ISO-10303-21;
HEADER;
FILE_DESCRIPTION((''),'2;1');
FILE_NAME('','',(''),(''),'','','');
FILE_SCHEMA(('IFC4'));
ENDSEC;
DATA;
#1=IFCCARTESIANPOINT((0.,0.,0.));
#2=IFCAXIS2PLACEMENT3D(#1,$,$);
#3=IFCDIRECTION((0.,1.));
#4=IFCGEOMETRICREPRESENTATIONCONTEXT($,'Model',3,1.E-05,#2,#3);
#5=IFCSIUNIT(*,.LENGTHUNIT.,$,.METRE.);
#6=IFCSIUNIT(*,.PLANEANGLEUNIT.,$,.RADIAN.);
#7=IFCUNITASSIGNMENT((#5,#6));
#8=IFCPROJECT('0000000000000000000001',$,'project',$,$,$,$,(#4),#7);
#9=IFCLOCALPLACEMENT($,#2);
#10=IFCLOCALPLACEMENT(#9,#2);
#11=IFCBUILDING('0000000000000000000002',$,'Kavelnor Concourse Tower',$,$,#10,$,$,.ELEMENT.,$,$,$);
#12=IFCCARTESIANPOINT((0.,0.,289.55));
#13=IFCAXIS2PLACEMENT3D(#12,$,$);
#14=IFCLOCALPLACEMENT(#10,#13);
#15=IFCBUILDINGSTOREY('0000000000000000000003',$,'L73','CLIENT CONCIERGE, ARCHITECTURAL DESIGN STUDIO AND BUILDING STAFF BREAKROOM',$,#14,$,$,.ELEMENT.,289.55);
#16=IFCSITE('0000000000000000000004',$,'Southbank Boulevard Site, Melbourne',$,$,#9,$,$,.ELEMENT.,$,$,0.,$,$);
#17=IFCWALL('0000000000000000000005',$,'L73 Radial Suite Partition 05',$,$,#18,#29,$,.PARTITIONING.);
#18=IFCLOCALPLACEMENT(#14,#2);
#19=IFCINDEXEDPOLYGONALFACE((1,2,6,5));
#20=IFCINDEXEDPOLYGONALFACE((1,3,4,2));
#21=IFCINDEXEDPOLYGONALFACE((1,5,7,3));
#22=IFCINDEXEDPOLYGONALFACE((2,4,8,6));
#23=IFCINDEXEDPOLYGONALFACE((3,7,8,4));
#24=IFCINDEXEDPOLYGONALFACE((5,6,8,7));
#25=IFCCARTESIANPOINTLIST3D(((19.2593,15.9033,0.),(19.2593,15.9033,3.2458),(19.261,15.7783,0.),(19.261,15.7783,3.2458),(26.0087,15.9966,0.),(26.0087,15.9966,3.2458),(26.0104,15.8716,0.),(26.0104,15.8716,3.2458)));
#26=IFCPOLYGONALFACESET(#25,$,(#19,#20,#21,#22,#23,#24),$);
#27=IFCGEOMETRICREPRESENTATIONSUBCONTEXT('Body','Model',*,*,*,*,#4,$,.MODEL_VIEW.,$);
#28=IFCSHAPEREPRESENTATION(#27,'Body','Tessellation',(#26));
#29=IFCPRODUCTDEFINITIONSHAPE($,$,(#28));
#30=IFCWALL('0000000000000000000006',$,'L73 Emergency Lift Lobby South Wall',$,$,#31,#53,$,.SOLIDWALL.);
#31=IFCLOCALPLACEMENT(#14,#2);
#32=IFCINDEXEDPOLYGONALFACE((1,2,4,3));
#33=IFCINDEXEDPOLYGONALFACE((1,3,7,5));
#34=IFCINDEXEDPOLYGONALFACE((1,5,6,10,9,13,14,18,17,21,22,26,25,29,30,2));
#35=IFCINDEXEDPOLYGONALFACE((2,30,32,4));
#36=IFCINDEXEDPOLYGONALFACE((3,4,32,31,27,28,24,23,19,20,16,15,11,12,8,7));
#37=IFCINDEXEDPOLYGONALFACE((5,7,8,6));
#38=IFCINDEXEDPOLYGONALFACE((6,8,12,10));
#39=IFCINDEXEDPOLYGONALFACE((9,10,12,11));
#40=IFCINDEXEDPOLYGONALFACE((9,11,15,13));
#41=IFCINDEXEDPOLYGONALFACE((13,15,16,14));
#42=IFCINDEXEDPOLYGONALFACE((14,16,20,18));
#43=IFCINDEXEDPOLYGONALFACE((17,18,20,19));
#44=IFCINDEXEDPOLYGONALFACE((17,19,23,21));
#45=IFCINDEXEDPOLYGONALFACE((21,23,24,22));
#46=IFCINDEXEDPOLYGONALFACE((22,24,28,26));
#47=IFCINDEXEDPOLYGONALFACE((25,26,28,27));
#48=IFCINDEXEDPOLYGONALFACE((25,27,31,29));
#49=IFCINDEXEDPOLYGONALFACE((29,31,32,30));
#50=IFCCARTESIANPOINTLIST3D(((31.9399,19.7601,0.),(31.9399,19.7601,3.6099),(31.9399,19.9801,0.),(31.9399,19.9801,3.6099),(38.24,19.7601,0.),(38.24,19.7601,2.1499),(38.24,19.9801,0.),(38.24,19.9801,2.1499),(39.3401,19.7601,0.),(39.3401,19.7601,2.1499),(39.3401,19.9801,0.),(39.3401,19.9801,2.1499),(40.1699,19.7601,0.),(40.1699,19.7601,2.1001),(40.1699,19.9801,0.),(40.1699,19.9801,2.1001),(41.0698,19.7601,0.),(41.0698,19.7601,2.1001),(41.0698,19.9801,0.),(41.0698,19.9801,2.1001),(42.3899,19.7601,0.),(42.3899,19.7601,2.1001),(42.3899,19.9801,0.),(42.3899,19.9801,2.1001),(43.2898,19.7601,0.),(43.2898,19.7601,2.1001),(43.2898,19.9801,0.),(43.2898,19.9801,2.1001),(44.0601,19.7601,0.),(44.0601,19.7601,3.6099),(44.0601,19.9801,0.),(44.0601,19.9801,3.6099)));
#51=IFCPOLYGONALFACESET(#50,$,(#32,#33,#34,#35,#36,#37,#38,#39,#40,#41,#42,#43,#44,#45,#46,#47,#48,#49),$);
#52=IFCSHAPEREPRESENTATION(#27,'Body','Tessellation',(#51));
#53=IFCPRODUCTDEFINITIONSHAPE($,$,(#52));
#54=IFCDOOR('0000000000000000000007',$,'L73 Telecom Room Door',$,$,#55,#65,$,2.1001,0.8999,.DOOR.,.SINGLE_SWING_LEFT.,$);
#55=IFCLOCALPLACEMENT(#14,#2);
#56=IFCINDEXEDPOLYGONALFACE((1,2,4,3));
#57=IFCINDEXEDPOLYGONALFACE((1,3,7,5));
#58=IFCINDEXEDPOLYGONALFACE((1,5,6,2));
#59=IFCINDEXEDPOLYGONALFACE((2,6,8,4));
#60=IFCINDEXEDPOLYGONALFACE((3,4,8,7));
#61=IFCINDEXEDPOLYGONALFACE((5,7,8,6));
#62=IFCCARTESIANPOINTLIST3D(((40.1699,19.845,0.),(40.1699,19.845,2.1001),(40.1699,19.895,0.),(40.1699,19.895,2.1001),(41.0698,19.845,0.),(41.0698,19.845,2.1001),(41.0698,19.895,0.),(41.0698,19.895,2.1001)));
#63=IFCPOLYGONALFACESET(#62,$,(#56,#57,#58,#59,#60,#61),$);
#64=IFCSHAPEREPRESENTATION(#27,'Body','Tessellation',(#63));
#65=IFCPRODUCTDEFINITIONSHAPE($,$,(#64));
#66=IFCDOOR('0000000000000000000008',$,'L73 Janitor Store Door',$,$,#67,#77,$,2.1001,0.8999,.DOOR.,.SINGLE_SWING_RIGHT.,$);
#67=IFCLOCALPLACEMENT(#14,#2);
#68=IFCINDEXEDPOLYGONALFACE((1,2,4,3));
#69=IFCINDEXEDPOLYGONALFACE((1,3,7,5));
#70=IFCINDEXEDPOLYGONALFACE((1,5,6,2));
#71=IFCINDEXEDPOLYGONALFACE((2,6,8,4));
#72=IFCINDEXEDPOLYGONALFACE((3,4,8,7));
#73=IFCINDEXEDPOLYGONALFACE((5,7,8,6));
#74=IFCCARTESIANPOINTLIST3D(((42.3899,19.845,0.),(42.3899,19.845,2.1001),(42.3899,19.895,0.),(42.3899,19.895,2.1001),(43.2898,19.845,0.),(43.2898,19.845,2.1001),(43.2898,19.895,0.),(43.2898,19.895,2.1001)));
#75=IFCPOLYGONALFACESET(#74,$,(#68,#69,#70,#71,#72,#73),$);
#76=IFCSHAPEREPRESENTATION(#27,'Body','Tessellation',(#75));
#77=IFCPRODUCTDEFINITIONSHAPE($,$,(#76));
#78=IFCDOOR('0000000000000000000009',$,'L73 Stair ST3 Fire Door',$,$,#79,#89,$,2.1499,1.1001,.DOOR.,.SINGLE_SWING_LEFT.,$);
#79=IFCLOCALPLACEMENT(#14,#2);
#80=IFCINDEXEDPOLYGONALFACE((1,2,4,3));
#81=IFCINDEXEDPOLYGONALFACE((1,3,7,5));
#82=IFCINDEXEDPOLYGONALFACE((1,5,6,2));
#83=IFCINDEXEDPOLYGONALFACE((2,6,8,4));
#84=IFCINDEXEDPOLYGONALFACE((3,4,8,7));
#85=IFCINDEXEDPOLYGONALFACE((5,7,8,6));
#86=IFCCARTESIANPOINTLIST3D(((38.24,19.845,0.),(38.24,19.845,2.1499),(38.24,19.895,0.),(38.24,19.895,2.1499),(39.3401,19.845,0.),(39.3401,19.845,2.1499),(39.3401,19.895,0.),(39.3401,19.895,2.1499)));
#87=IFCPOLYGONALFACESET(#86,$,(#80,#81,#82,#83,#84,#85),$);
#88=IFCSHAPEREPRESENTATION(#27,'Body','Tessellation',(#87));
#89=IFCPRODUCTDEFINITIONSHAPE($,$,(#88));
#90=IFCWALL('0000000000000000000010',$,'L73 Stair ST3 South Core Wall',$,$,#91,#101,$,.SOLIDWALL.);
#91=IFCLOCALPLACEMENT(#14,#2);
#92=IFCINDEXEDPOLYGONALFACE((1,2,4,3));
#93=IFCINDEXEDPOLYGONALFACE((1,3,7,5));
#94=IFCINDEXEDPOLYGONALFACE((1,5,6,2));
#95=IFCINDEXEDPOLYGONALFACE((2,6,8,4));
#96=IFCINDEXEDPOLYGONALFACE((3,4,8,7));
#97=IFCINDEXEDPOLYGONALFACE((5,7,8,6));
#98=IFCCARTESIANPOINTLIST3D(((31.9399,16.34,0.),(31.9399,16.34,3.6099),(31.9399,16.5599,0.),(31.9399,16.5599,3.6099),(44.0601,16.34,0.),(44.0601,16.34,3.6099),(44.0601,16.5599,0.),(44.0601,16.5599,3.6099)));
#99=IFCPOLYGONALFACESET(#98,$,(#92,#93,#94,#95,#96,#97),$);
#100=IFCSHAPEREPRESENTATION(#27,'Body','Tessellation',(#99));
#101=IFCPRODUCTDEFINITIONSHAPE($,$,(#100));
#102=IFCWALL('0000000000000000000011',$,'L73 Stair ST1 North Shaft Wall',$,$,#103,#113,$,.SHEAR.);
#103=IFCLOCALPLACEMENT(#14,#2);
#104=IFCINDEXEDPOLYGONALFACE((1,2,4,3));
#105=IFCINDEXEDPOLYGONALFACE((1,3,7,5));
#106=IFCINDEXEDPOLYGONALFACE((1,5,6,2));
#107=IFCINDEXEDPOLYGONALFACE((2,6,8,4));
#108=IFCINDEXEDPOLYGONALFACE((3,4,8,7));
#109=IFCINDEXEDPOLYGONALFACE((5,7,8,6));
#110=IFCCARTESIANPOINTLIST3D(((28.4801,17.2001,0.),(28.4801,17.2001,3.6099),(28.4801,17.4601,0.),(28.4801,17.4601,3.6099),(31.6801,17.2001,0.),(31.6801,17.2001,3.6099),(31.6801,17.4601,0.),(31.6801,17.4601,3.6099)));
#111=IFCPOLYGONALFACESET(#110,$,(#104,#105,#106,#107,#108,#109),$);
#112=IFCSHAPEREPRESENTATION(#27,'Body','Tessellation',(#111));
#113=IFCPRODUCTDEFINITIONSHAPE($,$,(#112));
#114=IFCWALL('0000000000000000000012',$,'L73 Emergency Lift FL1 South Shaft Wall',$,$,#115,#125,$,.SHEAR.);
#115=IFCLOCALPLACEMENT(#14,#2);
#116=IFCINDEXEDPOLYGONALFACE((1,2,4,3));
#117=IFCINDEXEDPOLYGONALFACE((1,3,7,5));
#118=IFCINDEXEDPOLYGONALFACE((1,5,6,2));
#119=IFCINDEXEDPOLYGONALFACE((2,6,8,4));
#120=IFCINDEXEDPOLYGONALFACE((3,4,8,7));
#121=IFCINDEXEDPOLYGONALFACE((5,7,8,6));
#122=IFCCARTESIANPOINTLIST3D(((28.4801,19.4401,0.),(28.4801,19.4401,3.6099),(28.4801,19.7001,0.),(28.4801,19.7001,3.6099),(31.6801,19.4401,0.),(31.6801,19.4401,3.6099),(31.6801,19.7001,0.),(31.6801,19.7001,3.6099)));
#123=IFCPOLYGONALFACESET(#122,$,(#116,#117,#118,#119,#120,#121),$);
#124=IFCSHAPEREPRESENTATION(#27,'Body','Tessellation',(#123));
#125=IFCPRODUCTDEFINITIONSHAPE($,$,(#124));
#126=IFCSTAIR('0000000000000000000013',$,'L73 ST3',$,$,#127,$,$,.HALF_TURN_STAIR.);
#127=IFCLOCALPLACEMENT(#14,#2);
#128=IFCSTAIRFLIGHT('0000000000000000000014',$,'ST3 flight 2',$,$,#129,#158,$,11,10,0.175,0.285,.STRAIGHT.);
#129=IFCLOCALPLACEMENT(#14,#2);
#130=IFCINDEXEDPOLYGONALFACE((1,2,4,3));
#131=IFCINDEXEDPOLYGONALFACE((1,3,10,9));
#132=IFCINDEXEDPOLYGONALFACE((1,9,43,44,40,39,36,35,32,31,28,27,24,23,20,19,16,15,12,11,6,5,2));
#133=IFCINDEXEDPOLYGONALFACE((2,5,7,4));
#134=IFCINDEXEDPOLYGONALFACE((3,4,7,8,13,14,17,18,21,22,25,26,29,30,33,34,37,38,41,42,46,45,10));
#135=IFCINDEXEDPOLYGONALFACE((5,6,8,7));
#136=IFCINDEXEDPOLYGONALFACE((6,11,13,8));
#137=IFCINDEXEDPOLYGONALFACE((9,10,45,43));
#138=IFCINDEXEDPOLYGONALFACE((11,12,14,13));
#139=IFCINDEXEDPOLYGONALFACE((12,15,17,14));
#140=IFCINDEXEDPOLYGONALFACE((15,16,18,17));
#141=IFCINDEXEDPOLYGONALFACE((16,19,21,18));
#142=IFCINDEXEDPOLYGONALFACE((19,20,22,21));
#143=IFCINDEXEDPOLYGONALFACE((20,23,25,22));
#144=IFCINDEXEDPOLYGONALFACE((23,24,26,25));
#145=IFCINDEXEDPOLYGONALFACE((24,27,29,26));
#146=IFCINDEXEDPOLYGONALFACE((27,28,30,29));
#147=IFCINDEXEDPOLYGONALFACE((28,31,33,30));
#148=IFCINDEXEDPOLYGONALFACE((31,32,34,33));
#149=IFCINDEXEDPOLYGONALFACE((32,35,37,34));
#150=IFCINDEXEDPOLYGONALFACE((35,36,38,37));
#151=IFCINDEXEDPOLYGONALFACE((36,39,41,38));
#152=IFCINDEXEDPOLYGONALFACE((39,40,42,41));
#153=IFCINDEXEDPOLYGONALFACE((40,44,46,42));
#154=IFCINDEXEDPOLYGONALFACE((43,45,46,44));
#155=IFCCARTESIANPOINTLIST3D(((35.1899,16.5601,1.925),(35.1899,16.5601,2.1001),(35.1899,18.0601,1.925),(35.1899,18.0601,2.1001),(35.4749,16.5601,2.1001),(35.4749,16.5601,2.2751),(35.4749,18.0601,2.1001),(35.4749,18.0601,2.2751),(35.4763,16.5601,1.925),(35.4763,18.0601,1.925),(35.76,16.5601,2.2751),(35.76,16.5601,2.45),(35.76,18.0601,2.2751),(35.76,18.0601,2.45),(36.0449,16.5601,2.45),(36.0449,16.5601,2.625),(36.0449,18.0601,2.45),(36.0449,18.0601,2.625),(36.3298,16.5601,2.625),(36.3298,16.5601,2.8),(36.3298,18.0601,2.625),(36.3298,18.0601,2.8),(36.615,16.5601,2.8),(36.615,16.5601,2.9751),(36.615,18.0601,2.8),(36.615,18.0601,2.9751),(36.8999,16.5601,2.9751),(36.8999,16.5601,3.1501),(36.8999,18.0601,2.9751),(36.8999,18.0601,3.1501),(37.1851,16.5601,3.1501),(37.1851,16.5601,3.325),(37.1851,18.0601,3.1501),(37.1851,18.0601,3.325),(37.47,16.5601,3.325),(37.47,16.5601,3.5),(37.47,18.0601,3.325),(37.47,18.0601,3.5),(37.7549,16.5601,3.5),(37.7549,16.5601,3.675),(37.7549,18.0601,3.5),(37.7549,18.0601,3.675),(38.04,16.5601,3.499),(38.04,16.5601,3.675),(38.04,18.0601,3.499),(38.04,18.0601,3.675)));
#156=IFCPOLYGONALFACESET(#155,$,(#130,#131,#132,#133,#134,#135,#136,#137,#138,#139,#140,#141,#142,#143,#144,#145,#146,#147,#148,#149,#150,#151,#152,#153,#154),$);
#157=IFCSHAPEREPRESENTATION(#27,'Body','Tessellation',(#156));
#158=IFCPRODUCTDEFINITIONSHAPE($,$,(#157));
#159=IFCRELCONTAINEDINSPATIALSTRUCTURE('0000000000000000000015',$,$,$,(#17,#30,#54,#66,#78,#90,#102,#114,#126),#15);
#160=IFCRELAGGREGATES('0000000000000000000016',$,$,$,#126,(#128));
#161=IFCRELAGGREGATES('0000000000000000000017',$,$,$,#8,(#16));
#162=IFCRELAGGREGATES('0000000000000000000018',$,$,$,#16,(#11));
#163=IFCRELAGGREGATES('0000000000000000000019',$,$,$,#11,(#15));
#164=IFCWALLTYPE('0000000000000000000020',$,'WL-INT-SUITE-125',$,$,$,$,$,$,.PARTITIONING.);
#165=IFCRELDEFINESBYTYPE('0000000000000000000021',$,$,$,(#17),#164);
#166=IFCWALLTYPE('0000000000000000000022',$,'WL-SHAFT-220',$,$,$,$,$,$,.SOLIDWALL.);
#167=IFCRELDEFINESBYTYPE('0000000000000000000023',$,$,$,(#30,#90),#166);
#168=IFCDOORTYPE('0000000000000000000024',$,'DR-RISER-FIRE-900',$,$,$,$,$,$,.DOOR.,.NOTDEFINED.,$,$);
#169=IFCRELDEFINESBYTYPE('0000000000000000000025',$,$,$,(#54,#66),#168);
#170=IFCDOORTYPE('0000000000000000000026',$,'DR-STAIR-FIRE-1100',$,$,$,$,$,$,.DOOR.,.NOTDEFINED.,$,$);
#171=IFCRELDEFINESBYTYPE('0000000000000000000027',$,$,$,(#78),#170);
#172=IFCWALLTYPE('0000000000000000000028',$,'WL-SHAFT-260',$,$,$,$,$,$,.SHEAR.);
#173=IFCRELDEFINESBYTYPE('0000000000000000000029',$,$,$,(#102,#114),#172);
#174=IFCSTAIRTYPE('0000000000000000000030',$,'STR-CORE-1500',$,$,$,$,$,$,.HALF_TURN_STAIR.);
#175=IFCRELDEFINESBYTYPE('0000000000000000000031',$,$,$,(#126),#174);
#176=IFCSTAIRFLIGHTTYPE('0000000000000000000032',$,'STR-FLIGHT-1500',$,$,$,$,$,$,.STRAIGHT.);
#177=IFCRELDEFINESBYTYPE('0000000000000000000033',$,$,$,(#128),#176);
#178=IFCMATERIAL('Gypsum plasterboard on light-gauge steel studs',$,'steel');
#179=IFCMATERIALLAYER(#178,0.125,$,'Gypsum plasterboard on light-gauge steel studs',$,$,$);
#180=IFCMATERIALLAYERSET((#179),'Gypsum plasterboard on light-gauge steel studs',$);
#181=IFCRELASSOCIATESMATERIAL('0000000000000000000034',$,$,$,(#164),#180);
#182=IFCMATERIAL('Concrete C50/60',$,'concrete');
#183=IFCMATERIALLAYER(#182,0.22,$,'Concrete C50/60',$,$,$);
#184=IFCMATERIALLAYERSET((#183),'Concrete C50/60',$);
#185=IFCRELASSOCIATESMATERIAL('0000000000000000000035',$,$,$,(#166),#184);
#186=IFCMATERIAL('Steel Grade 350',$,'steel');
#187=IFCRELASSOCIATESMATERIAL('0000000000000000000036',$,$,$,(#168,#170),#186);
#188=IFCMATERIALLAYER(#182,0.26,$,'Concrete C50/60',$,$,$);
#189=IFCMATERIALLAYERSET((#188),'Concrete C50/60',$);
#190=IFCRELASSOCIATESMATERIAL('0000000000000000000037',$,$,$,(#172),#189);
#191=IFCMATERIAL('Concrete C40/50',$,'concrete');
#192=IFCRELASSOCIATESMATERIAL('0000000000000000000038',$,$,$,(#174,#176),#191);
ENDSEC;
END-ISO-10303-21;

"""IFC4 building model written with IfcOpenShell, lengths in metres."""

from ifc_helpers import new_model, si_unit, direction, frame, frame_2d, origin, place, context, subcontext, project, spatial, polyline, rectangle, outline, extrude, material, layer, layer_set, type_object, element, fill, aggregate, save


model = new_model("IFC4")

# Units and contexts
model_context = context("Model", 3, precision=1e-05, world=origin(), true_north=direction((0.0, 1.0)))
body_context = subcontext(model_context, "Body", "Model", "MODEL_VIEW")
ifc_project = project(units=[si_unit("LENGTHUNIT", "METRE"), si_unit("PLANEANGLEUNIT", "RADIAN")], contexts=[model_context])

# Site, building, storey
site_placement = place(None, origin())
site = spatial("IfcSite", under=ifc_project, at=site_placement, Name="Southbank Boulevard Site, Melbourne", CompositionType="ELEMENT", RefElevation=0.0)
building_placement = place(site_placement, origin())
building = spatial("IfcBuilding", under=site, at=building_placement, Name="Kavelnor Concourse Tower", CompositionType="ELEMENT")
storey_placement = place(building_placement, frame((0.0, 0.0, 289.55)))
storey = spatial("IfcBuildingStorey", under=building, at=storey_placement, Name="L73", Description="CLIENT CONCIERGE, ARCHITECTURAL DESIGN STUDIO AND BUILDING STAFF BREAKROOM", CompositionType="ELEMENT", Elevation=289.55)

# Shared definitions
ifc_material_1 = material(Name="Steel Grade 350", Category="steel")

# Shared definitions
ifc_material_2 = material(Name="Concrete C50/60", Category="concrete")

# Wall
ifc_material_3 = material(Name="Gypsum plasterboard on light-gauge steel studs", Category="steel")
ifc_layer_1 = layer(ifc_material_3, 0.125, Name="Gypsum plasterboard on light-gauge steel studs")
ifc_layer_set_1 = layer_set([ifc_layer_1], Name="Gypsum plasterboard on light-gauge steel studs")
wall_type_1 = type_object("IfcWallType", Name="WL-INT-SUITE-125", PredefinedType="PARTITIONING", material=ifc_layer_set_1)
wall_1_placement = place(storey_placement, frame((26.0095, 15.9341, 0.0), z_axis=(0.0, 0.0, 1.0), x_axis=(-0.999905, -0.013817, 0.0)))
element("IfcWall", 1, at=wall_1_placement, inside=storey, type_object=wall_type_1, Name="L73 Radial Suite Partition 05", PredefinedType="PARTITIONING", context=body_context, shape_type="SweptSolid", body=[
    extrude(rectangle(XDim=6.75, YDim=0.125, at=frame_2d((3.375, 0.0))), origin(), (0.0, 0.0, 1.0), 3.2458),
])

# Wall, openings, doors
ifc_layer_2 = layer(ifc_material_2, 0.22, Name="Concrete C50/60")
ifc_layer_set_2 = layer_set([ifc_layer_2], Name="Concrete C50/60")
wall_type_2 = type_object("IfcWallType", Name="WL-SHAFT-220", PredefinedType="SOLIDWALL", material=ifc_layer_set_2)
wall_2_placement = place(storey_placement, frame((31.9399, 19.8701, 0.0), z_axis=(0.0, 0.0, 1.0), x_axis=(1.0, 0.0, 0.0)))
wall_2 = element("IfcWall", 2, at=wall_2_placement, inside=storey, type_object=wall_type_2, Name="L73 Emergency Lift Lobby South Wall", PredefinedType="SOLIDWALL", context=body_context, shape_type="SweptSolid", body=[
    extrude(rectangle(XDim=12.1201, YDim=0.22, at=frame_2d((6.0601, 0.0))), origin(), (0.0, 0.0, 1.0), 3.6099),
])
opening_1_placement = place(wall_2_placement, frame((6.3, 0.0, 0.0)))
opening_1 = element("IfcOpeningElement", 3, at=opening_1_placement, cuts=wall_2, PredefinedType="OPENING", context=body_context, shape_type="SweptSolid", body=[
    extrude(rectangle(XDim=1.1001, YDim=2.1499, at=frame_2d((0.55, 1.075))), frame((0.0, 0.1201, 0.0), z_axis=(0.0, -1.0, 0.0), x_axis=(1.0, 0.0, 0.0)), (0.0, 0.0, 1.0), 0.24),
])
opening_2_placement = place(wall_2_placement, frame((8.23, 0.0, 0.0)))
opening_2 = element("IfcOpeningElement", 4, at=opening_2_placement, cuts=wall_2, PredefinedType="OPENING", context=body_context, shape_type="SweptSolid", body=[
    extrude(rectangle(XDim=0.8999, YDim=2.1001, at=frame_2d((0.45, 1.05))), frame((0.0, 0.1201, 0.0), z_axis=(0.0, -1.0, 0.0), x_axis=(1.0, 0.0, 0.0)), (0.0, 0.0, 1.0), 0.24),
])
opening_3_placement = place(wall_2_placement, frame((10.45, 0.0, 0.0)))
opening_3 = element("IfcOpeningElement", 5, at=opening_3_placement, cuts=wall_2, PredefinedType="OPENING", context=body_context, shape_type="SweptSolid", body=[
    extrude(rectangle(XDim=0.8999, YDim=2.1001, at=frame_2d((0.45, 1.05))), frame((0.0, 0.1201, 0.0), z_axis=(0.0, -1.0, 0.0), x_axis=(1.0, 0.0, 0.0)), (0.0, 0.0, 1.0), 0.24),
])
door_type_1 = type_object("IfcDoorType", Name="DR-RISER-FIRE-900", OperationType="NOTDEFINED", PredefinedType="DOOR", material=ifc_material_1)
door_1_placement = place(opening_2_placement, origin())
door_1 = element("IfcDoor", 6, at=door_1_placement, inside=storey, type_object=door_type_1, Name="L73 Telecom Room Door", OperationType="SINGLE_SWING_LEFT", OverallHeight=2.1001, OverallWidth=0.8999, PredefinedType="DOOR", context=body_context, shape_type="SweptSolid", body=[
    extrude(rectangle(XDim=0.8999, YDim=2.1001, at=frame_2d((0.45, 1.05))), frame((0.0, 0.0249, 0.0), z_axis=(0.0, -1.0, 0.0), x_axis=(1.0, 0.0, 0.0)), (0.0, 0.0, 1.0), 0.05),
])
fill(opening_2, door_1)
door_2_placement = place(opening_3_placement, origin())
door_2 = element("IfcDoor", 7, at=door_2_placement, inside=storey, type_object=door_type_1, Name="L73 Janitor Store Door", OperationType="SINGLE_SWING_RIGHT", OverallHeight=2.1001, OverallWidth=0.8999, PredefinedType="DOOR", context=body_context, shape_type="SweptSolid", body=[
    extrude(rectangle(XDim=0.8999, YDim=2.1001, at=frame_2d((0.45, 1.05))), frame((0.0, 0.0249, 0.0), z_axis=(0.0, -1.0, 0.0), x_axis=(1.0, 0.0, 0.0)), (0.0, 0.0, 1.0), 0.05),
])
fill(opening_3, door_2)
door_type_2 = type_object("IfcDoorType", Name="DR-STAIR-FIRE-1100", OperationType="NOTDEFINED", PredefinedType="DOOR", material=ifc_material_1)
door_3_placement = place(opening_1_placement, origin())
door_3 = element("IfcDoor", 8, at=door_3_placement, inside=storey, type_object=door_type_2, Name="L73 Stair ST3 Fire Door", OperationType="SINGLE_SWING_LEFT", OverallHeight=2.1499, OverallWidth=1.1001, PredefinedType="DOOR", context=body_context, shape_type="SweptSolid", body=[
    extrude(rectangle(XDim=1.1001, YDim=2.1499, at=frame_2d((0.55, 1.075))), frame((0.0, 0.0249, 0.0), z_axis=(0.0, -1.0, 0.0), x_axis=(1.0, 0.0, 0.0)), (0.0, 0.0, 1.0), 0.05),
])
fill(opening_1, door_3)

# Walls
wall_3_placement = place(storey_placement, frame((31.9399, 16.45, 0.0), z_axis=(0.0, 0.0, 1.0), x_axis=(1.0, 0.0, 0.0)))
element("IfcWall", 9, at=wall_3_placement, inside=storey, type_object=wall_type_2, Name="L73 Stair ST3 South Core Wall", PredefinedType="SOLIDWALL", context=body_context, shape_type="SweptSolid", body=[
    extrude(rectangle(XDim=12.1201, YDim=0.22, at=frame_2d((6.0601, 0.0))), origin(), (0.0, 0.0, 1.0), 3.6099),
])
ifc_layer_3 = layer(ifc_material_2, 0.26, Name="Concrete C50/60")
ifc_layer_set_3 = layer_set([ifc_layer_3], Name="Concrete C50/60")
wall_type_3 = type_object("IfcWallType", Name="WL-SHAFT-260", PredefinedType="SHEAR", material=ifc_layer_set_3)
for number, where, z_axis, x_axis, name in (
    (10, (28.48, 17.3301, 0.0), (0.0, 0.0, 1.0), (1.0, 0.0, 0.0), "L73 Stair ST1 North Shaft Wall"),
    (11, (28.48, 19.5701, 0.0), (0.0, 0.0, 1.0), (1.0, 0.0, 0.0), "L73 Emergency Lift FL1 South Shaft Wall"),
):
    element("IfcWall", number, at=place(storey_placement, frame(where, z_axis=z_axis, x_axis=x_axis)), inside=storey, type_object=wall_type_3, Name=name, PredefinedType="SHEAR", context=body_context, shape_type="SweptSolid", body=[
        extrude(rectangle(XDim=3.2, YDim=0.26, at=frame_2d((1.6001, 0.0))), origin(), (0.0, 0.0, 1.0), 3.6099),
    ])

# Stair, stair flight
ifc_material_4 = material(Name="Concrete C40/50", Category="concrete")
stair_type = type_object("IfcStairType", Name="STR-CORE-1500", PredefinedType="HALF_TURN_STAIR", material=ifc_material_4)
stair_placement = place(storey_placement, origin())
stair = element("IfcStair", 12, at=stair_placement, inside=storey, type_object=stair_type, Name="L73 ST3", PredefinedType="HALF_TURN_STAIR")
stair_flight_type = type_object("IfcStairFlightType", Name="STR-FLIGHT-1500", PredefinedType="STRAIGHT", material=ifc_material_4)
stair_flight_placement = place(storey_placement, frame((35.1899, 17.3101, 1.925), z_axis=(0.0, 0.0, 1.0), x_axis=(1.0, 0.0, 0.0)))
stair_flight = element("IfcStairFlight", 13, at=stair_flight_placement, type_object=stair_flight_type, Name="ST3 flight 2", NumberOfRisers=11, NumberOfTreads=10, PredefinedType="STRAIGHT", RiserHeight=0.175, TreadLength=0.285, context=body_context, shape_type="SweptSolid", body=[
    extrude(outline(polyline([(0.0, 0.0), (0.0, 0.175), (0.2849, 0.175), (0.2849, 0.3501), (0.5701, 0.3501), (0.5701, 0.5249), (0.855, 0.5249), (0.855, 0.7), (1.1399, 0.7), (1.1399, 0.875), (1.425, 0.875), (1.425, 1.05), (1.71, 1.05), (1.71, 1.2251), (1.9951, 1.2251), (1.9951, 1.3999), (2.28, 1.3999), (2.28, 1.575), (2.5649, 1.575), (2.5649, 1.75), (2.8501, 1.75), (2.8501, 1.925), (2.8501, 1.574), (0.2864, 0.0), (0.0, 0.0)])), frame((0.0, 0.75, 0.0), z_axis=(0.0, -1.0, 0.0), x_axis=(1.0, 0.0, 0.0)), (0.0, 0.0, 1.0), 1.5),
])
aggregate(stair, [stair_flight])

save(model, "model.ifc")
